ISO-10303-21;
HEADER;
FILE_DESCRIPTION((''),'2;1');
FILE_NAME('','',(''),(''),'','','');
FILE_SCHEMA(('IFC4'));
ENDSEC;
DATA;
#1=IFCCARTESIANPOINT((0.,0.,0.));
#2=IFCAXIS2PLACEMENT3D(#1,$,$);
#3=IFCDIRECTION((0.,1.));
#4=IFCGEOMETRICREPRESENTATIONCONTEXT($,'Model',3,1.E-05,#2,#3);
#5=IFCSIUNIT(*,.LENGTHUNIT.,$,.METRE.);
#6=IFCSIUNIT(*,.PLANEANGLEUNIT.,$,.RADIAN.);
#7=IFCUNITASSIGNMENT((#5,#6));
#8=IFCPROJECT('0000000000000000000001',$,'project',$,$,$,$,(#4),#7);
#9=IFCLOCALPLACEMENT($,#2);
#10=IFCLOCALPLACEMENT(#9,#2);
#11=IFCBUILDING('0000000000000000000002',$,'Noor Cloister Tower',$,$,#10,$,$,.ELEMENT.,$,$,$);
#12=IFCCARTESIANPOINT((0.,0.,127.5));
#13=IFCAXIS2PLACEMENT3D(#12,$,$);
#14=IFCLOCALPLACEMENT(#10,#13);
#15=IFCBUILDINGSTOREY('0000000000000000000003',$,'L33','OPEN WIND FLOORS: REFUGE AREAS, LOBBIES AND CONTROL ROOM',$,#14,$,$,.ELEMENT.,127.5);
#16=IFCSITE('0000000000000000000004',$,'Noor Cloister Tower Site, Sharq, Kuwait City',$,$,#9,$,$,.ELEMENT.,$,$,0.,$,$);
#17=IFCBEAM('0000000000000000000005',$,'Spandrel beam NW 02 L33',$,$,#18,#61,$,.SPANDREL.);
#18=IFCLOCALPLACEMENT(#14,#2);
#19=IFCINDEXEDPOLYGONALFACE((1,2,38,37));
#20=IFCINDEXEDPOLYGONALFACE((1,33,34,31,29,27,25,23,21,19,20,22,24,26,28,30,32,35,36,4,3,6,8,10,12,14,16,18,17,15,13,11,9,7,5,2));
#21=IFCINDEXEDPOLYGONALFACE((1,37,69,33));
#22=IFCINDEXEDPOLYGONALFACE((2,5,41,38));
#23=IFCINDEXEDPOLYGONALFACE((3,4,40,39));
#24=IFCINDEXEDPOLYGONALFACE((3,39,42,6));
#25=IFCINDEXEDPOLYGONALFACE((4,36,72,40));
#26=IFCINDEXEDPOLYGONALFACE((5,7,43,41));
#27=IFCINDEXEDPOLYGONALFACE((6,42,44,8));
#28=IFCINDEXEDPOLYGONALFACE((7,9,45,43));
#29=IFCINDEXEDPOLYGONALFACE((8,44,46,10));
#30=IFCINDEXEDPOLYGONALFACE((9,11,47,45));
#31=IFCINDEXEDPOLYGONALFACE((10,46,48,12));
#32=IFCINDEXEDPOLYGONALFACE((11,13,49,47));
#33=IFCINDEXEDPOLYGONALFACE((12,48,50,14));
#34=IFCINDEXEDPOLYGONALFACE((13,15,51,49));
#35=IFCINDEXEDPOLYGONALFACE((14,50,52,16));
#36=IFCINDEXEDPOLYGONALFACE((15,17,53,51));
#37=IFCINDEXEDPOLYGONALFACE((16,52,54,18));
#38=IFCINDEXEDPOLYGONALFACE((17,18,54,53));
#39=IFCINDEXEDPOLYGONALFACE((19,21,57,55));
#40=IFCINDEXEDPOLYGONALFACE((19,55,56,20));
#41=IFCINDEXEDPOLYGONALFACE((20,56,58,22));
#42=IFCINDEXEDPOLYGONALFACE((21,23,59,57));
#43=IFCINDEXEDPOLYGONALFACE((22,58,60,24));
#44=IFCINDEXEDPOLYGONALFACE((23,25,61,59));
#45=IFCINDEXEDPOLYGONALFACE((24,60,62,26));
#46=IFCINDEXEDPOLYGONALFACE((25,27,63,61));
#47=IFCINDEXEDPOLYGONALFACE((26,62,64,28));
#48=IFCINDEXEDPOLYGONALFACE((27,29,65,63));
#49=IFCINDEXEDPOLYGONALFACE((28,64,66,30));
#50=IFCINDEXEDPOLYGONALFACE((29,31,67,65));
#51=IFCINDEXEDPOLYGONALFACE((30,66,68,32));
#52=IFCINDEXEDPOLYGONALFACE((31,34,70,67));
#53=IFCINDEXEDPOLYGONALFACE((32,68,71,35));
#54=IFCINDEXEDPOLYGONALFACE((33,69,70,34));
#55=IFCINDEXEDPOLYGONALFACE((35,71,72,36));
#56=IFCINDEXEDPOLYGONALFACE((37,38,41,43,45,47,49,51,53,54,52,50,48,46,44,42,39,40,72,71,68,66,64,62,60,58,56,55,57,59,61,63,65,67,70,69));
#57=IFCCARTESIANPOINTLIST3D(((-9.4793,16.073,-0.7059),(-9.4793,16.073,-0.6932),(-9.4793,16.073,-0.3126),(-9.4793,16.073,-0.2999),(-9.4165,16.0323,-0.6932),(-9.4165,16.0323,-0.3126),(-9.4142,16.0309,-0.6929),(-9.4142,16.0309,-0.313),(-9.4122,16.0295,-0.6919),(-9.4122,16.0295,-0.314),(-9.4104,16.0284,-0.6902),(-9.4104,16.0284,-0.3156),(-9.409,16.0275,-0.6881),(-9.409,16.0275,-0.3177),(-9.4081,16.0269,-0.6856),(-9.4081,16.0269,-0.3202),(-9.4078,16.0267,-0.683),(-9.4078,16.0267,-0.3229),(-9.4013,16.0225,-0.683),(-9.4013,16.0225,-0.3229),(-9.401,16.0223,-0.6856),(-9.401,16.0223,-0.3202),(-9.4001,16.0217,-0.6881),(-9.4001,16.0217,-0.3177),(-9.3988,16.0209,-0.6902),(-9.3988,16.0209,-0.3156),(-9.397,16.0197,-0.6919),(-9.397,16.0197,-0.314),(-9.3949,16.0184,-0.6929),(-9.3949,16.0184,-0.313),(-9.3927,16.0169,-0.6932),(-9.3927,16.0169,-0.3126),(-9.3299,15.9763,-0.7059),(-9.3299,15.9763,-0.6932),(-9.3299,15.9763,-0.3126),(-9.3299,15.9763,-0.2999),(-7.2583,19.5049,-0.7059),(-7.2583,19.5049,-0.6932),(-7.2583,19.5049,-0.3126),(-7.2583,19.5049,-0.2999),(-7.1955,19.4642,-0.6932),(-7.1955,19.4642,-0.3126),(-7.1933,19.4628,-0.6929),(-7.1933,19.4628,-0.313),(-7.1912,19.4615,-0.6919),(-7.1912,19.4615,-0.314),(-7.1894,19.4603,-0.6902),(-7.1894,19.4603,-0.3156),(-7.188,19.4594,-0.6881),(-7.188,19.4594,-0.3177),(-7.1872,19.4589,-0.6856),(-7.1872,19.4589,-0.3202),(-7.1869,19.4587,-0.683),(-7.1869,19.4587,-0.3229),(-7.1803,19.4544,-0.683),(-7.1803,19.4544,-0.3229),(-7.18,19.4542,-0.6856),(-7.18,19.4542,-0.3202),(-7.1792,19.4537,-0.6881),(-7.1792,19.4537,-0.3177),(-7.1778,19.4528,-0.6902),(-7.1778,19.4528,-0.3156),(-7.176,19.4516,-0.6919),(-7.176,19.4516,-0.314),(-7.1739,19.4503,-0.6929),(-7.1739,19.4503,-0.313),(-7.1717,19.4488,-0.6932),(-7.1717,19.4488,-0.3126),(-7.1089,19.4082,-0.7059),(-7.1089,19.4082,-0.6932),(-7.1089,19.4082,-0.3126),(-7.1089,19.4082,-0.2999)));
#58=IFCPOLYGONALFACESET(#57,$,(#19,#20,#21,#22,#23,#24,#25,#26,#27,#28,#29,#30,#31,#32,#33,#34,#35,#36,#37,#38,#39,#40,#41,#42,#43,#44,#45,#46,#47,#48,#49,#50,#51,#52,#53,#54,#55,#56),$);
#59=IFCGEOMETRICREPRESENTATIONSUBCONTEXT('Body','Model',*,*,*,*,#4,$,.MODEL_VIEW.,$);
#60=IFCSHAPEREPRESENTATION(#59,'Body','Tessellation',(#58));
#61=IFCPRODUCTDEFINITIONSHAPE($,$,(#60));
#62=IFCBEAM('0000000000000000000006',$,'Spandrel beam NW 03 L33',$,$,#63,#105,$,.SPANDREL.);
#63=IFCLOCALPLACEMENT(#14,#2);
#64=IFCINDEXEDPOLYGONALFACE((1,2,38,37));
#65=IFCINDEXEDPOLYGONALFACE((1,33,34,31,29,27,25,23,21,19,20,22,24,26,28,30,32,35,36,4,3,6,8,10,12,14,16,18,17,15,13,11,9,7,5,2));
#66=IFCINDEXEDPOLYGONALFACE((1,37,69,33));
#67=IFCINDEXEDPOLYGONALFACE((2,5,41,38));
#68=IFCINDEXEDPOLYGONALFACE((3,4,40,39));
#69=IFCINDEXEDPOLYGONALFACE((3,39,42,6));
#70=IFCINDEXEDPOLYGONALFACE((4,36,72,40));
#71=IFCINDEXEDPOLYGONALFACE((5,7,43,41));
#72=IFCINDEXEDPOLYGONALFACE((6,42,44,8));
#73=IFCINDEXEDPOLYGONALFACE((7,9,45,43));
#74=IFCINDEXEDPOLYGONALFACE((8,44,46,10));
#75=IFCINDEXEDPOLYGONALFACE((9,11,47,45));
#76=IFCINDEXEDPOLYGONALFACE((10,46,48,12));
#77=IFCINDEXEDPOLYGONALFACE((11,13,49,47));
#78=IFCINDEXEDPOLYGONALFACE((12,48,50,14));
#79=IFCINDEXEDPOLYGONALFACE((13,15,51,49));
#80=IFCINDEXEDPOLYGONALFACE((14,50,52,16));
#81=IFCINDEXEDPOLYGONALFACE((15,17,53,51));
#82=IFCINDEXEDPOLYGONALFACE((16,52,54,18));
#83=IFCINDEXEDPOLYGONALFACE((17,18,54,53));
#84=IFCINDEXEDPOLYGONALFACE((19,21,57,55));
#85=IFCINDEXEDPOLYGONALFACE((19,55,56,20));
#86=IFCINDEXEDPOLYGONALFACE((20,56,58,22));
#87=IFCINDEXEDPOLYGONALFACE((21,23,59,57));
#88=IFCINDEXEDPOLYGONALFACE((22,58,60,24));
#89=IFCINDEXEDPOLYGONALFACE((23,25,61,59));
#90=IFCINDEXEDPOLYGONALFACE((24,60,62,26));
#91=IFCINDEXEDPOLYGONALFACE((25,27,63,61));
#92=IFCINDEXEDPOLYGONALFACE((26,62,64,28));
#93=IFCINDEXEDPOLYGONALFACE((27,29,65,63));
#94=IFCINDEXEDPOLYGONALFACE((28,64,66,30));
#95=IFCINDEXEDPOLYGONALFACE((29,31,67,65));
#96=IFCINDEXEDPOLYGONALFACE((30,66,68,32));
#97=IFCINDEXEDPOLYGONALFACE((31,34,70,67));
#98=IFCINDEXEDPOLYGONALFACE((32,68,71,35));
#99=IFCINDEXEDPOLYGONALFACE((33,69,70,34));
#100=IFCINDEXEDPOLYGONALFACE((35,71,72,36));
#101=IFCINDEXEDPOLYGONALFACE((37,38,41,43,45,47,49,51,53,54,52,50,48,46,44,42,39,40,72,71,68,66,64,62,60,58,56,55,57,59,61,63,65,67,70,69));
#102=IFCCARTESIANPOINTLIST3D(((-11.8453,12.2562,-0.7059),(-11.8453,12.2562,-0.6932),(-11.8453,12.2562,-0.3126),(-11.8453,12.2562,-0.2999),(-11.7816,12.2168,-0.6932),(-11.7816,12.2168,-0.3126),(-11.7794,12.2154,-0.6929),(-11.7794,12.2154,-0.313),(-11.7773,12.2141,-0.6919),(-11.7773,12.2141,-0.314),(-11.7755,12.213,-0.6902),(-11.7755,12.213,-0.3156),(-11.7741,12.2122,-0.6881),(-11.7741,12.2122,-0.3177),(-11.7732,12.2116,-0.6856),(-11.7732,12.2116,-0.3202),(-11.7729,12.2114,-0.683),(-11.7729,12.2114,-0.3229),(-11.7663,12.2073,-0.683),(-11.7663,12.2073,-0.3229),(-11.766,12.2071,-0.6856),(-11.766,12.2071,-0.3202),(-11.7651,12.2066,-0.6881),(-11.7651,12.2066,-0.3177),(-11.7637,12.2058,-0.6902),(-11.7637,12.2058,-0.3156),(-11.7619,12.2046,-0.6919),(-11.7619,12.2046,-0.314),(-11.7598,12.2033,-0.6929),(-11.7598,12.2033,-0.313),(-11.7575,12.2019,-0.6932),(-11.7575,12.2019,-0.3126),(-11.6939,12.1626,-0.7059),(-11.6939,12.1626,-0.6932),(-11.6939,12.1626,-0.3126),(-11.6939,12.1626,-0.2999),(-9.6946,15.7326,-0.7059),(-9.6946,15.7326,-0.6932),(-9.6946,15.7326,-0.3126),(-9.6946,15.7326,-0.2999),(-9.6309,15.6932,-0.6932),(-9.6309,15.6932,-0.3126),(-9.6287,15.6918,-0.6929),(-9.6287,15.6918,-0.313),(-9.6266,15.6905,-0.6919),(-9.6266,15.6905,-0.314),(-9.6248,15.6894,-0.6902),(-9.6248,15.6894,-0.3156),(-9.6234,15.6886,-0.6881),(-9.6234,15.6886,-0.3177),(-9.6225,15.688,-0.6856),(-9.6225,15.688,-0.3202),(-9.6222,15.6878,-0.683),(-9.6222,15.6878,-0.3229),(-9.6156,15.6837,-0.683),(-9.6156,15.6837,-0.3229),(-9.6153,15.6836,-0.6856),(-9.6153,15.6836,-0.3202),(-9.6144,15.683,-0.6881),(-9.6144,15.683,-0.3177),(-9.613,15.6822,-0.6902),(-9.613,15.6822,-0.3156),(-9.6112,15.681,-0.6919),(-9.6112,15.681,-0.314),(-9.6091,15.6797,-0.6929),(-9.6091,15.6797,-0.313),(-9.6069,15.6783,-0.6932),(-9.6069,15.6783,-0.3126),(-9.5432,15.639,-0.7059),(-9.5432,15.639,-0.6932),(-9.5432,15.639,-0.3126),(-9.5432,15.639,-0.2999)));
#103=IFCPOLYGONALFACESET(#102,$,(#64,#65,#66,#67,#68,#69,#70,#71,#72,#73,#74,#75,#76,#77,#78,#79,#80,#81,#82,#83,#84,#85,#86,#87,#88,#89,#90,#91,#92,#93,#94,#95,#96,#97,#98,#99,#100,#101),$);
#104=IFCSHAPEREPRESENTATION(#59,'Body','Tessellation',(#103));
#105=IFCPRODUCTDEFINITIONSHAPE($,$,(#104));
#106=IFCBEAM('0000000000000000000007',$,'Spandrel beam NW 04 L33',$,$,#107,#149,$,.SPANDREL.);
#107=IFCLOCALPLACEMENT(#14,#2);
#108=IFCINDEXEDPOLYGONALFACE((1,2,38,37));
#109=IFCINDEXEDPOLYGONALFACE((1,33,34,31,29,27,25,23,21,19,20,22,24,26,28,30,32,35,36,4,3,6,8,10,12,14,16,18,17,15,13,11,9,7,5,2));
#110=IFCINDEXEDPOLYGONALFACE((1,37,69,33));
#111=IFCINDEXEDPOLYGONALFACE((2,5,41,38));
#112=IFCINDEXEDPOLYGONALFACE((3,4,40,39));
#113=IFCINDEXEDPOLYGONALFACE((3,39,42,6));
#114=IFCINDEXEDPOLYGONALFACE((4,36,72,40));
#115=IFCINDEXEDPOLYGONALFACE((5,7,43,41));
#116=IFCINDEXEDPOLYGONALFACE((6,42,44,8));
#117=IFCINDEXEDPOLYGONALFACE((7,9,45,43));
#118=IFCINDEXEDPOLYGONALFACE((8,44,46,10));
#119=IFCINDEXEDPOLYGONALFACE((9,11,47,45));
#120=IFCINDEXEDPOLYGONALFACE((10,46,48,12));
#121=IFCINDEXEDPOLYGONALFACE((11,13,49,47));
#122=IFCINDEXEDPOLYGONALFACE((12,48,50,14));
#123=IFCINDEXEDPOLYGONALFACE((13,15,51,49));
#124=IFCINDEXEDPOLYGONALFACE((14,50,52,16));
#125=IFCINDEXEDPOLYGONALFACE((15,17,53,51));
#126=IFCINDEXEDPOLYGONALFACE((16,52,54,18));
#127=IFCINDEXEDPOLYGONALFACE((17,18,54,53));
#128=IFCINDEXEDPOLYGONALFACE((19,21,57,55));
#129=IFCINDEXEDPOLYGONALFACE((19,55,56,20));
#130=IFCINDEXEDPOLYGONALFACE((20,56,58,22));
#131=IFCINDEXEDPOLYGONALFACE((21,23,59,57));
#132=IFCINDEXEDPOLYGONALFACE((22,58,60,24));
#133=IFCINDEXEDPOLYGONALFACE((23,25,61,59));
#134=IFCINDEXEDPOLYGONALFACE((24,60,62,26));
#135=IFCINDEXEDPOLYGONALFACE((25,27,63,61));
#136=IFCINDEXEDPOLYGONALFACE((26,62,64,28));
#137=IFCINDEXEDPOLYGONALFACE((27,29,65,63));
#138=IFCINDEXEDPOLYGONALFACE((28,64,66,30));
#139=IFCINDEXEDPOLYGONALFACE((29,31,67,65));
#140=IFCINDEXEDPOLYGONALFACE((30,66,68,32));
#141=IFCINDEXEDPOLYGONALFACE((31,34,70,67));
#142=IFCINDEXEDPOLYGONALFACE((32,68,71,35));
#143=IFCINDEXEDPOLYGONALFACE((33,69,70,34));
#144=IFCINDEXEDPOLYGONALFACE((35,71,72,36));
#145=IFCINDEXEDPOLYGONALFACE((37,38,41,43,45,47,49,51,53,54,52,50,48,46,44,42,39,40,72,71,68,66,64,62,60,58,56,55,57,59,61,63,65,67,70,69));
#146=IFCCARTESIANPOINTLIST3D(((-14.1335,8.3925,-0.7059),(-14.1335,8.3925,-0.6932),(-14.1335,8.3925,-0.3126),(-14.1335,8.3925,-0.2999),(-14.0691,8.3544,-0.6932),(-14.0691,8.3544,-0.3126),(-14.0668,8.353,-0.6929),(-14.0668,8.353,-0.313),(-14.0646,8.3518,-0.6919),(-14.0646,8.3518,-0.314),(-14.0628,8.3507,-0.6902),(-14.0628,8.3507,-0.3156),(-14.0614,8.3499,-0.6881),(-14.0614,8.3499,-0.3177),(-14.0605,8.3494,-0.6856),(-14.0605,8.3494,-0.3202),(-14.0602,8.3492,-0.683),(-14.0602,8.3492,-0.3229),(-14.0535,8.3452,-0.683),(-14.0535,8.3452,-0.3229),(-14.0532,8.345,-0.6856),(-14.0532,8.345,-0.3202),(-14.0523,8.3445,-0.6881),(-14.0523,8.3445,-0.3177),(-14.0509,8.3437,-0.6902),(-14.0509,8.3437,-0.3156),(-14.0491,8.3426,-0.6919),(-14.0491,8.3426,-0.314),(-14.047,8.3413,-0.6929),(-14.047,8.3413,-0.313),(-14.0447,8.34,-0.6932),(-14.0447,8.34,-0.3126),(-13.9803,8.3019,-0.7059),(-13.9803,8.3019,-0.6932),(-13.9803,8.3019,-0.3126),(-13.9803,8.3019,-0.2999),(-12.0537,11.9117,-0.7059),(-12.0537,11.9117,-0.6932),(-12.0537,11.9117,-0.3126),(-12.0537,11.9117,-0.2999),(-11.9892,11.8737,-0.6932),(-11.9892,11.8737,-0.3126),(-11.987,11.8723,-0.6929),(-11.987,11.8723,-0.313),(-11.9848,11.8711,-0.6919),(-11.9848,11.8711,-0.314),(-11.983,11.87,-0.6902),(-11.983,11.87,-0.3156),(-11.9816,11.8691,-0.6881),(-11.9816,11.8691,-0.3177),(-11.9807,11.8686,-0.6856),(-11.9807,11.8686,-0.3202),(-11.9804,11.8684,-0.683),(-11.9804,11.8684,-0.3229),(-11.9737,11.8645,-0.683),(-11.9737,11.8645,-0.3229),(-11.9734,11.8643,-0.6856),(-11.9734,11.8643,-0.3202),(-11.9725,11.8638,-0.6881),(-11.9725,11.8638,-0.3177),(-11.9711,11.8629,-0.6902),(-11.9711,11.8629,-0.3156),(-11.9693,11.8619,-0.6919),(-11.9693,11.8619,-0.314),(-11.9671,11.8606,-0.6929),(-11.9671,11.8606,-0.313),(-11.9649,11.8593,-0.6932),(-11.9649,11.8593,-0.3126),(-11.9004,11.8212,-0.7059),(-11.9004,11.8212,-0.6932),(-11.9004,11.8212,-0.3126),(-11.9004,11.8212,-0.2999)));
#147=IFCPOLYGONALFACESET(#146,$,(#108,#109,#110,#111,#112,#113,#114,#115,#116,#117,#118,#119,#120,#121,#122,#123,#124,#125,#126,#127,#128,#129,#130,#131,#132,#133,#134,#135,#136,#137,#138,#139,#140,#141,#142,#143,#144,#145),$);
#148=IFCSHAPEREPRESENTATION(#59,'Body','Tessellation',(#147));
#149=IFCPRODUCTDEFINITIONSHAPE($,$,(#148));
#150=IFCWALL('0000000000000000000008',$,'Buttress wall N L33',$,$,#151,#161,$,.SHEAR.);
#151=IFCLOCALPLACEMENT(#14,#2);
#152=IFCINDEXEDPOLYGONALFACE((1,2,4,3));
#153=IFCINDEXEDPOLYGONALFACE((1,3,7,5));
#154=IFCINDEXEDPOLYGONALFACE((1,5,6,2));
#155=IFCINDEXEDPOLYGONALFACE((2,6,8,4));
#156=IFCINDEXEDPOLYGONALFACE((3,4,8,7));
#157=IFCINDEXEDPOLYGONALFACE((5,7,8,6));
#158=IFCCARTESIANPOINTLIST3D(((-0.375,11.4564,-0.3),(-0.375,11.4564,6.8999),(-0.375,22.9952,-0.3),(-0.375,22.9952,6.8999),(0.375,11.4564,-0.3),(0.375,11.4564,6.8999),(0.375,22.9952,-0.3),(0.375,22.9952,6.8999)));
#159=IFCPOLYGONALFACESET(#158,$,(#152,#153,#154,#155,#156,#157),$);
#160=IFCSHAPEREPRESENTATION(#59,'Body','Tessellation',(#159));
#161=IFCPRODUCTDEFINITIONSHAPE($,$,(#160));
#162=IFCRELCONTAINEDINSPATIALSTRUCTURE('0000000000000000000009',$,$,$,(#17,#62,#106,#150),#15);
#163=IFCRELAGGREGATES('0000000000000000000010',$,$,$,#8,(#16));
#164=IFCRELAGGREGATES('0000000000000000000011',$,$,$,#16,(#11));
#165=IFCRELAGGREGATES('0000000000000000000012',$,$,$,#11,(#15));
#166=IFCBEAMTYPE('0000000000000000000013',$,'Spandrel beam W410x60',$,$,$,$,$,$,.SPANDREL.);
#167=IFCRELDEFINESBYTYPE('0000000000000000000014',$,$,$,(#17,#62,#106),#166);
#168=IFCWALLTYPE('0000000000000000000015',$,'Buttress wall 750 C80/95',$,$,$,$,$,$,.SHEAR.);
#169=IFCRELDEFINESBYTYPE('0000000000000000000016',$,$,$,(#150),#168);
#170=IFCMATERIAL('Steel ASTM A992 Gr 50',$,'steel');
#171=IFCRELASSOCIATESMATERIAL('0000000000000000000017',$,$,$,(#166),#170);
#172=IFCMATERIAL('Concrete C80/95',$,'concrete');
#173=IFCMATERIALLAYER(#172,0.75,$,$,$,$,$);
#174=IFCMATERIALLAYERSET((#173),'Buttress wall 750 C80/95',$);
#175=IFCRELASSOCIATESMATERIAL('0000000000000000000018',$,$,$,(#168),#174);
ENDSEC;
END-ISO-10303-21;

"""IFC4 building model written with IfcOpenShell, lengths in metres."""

from ifc_helpers import new_model, si_unit, direction, frame, frame_2d, origin, origin_2d, place, context, subcontext, project, spatial, rectangle, i_section, extrude, material, layer, layer_set, material_profile, profile_set, type_object, element, save


model = new_model("IFC4")

# Units and contexts
model_context = context("Model", 3, precision=1e-05, world=origin(), true_north=direction((0.0, 1.0)))
body_context = subcontext(model_context, "Body", "Model", "MODEL_VIEW")
ifc_project = project(units=[si_unit("LENGTHUNIT", "METRE"), si_unit("PLANEANGLEUNIT", "RADIAN")], contexts=[model_context])

# Site, building, storey
site_placement = place(None, origin())
site = spatial("IfcSite", under=ifc_project, at=site_placement, Name="Noor Cloister Tower Site, Sharq, Kuwait City", CompositionType="ELEMENT", RefElevation=0.0)
building_placement = place(site_placement, origin())
building = spatial("IfcBuilding", under=site, at=building_placement, Name="Noor Cloister Tower", CompositionType="ELEMENT")
storey_placement = place(building_placement, frame((0.0, 0.0, 127.5)))
storey = spatial("IfcBuildingStorey", under=building, at=storey_placement, Name="L33", Description="OPEN WIND FLOORS: REFUGE AREAS, LOBBIES AND CONTROL ROOM", CompositionType="ELEMENT", Elevation=127.5)

# Beams
ifc_material_1 = material(Name="Steel ASTM A992 Gr 50", Category="steel")
ifc_material_profile_1 = material_profile(ifc_material_1, i_section(OverallWidth=0.178, OverallDepth=0.406, WebThickness=0.0078, FlangeThickness=0.0127, FilletRadius=0.0103, at=origin_2d()), Name="W410x60")
ifc_profile_set_1 = profile_set([ifc_material_profile_1], Name="Steel ASTM A992 Gr 50")
beam_type_1 = type_object("IfcBeamType", Name="Spandrel beam W410x60", PredefinedType="SPANDREL", material=ifc_profile_set_1)
for number, where, z_axis, x_axis, name in (
    (1, (-7.1836, 19.4565, -0.5029), (-0.543306, -0.839535, 0.0), (0.839535, -0.543306, 0.0), "Spandrel beam NW 02 L33"),
    (2, (-9.6189, 15.6858, -0.5029), (-0.526112, -0.850415, 0.0), (0.850415, -0.526112, 0.0), "Spandrel beam NW 03 L33"),
    (3, (-11.9771, 11.8665, -0.5029), (-0.508776, -0.860899, 0.0), (0.860899, -0.508776, 0.0), "Spandrel beam NW 04 L33"),
):
    element("IfcBeam", number, at=place(storey_placement, frame(where, z_axis=z_axis, x_axis=x_axis)), inside=storey, type_object=beam_type_1, Name=name, PredefinedType="SPANDREL", context=body_context, shape_type="SweptSolid", body=[
        extrude(i_section(OverallWidth=0.178, OverallDepth=0.406, WebThickness=0.0078, FlangeThickness=0.0127, FilletRadius=0.0103, at=origin_2d()), origin(), (0.0, 0.0, 1.0), 4.0879),
    ])

# Wall
ifc_material_2 = material(Name="Concrete C80/95", Category="concrete")
ifc_layer_1 = layer(ifc_material_2, 0.75)
ifc_layer_set_1 = layer_set([ifc_layer_1], Name="Buttress wall 750 C80/95")
wall_type_1 = type_object("IfcWallType", Name="Buttress wall 750 C80/95", PredefinedType="SHEAR", material=ifc_layer_set_1)
wall_1_placement = place(storey_placement, frame((0.0, 11.4563, -0.3), z_axis=(0.0, 0.0, 1.0), x_axis=(0.0, 1.0, 0.0)))
element("IfcWall", 4, at=wall_1_placement, inside=storey, type_object=wall_type_1, Name="Buttress wall N L33", PredefinedType="SHEAR", context=body_context, shape_type="SweptSolid", body=[
    extrude(rectangle(XDim=11.5388, YDim=0.75, at=frame_2d((5.7695, 0.0))), origin(), (0.0, 0.0, 1.0), 7.2),
])

save(model, "model.ifc")
